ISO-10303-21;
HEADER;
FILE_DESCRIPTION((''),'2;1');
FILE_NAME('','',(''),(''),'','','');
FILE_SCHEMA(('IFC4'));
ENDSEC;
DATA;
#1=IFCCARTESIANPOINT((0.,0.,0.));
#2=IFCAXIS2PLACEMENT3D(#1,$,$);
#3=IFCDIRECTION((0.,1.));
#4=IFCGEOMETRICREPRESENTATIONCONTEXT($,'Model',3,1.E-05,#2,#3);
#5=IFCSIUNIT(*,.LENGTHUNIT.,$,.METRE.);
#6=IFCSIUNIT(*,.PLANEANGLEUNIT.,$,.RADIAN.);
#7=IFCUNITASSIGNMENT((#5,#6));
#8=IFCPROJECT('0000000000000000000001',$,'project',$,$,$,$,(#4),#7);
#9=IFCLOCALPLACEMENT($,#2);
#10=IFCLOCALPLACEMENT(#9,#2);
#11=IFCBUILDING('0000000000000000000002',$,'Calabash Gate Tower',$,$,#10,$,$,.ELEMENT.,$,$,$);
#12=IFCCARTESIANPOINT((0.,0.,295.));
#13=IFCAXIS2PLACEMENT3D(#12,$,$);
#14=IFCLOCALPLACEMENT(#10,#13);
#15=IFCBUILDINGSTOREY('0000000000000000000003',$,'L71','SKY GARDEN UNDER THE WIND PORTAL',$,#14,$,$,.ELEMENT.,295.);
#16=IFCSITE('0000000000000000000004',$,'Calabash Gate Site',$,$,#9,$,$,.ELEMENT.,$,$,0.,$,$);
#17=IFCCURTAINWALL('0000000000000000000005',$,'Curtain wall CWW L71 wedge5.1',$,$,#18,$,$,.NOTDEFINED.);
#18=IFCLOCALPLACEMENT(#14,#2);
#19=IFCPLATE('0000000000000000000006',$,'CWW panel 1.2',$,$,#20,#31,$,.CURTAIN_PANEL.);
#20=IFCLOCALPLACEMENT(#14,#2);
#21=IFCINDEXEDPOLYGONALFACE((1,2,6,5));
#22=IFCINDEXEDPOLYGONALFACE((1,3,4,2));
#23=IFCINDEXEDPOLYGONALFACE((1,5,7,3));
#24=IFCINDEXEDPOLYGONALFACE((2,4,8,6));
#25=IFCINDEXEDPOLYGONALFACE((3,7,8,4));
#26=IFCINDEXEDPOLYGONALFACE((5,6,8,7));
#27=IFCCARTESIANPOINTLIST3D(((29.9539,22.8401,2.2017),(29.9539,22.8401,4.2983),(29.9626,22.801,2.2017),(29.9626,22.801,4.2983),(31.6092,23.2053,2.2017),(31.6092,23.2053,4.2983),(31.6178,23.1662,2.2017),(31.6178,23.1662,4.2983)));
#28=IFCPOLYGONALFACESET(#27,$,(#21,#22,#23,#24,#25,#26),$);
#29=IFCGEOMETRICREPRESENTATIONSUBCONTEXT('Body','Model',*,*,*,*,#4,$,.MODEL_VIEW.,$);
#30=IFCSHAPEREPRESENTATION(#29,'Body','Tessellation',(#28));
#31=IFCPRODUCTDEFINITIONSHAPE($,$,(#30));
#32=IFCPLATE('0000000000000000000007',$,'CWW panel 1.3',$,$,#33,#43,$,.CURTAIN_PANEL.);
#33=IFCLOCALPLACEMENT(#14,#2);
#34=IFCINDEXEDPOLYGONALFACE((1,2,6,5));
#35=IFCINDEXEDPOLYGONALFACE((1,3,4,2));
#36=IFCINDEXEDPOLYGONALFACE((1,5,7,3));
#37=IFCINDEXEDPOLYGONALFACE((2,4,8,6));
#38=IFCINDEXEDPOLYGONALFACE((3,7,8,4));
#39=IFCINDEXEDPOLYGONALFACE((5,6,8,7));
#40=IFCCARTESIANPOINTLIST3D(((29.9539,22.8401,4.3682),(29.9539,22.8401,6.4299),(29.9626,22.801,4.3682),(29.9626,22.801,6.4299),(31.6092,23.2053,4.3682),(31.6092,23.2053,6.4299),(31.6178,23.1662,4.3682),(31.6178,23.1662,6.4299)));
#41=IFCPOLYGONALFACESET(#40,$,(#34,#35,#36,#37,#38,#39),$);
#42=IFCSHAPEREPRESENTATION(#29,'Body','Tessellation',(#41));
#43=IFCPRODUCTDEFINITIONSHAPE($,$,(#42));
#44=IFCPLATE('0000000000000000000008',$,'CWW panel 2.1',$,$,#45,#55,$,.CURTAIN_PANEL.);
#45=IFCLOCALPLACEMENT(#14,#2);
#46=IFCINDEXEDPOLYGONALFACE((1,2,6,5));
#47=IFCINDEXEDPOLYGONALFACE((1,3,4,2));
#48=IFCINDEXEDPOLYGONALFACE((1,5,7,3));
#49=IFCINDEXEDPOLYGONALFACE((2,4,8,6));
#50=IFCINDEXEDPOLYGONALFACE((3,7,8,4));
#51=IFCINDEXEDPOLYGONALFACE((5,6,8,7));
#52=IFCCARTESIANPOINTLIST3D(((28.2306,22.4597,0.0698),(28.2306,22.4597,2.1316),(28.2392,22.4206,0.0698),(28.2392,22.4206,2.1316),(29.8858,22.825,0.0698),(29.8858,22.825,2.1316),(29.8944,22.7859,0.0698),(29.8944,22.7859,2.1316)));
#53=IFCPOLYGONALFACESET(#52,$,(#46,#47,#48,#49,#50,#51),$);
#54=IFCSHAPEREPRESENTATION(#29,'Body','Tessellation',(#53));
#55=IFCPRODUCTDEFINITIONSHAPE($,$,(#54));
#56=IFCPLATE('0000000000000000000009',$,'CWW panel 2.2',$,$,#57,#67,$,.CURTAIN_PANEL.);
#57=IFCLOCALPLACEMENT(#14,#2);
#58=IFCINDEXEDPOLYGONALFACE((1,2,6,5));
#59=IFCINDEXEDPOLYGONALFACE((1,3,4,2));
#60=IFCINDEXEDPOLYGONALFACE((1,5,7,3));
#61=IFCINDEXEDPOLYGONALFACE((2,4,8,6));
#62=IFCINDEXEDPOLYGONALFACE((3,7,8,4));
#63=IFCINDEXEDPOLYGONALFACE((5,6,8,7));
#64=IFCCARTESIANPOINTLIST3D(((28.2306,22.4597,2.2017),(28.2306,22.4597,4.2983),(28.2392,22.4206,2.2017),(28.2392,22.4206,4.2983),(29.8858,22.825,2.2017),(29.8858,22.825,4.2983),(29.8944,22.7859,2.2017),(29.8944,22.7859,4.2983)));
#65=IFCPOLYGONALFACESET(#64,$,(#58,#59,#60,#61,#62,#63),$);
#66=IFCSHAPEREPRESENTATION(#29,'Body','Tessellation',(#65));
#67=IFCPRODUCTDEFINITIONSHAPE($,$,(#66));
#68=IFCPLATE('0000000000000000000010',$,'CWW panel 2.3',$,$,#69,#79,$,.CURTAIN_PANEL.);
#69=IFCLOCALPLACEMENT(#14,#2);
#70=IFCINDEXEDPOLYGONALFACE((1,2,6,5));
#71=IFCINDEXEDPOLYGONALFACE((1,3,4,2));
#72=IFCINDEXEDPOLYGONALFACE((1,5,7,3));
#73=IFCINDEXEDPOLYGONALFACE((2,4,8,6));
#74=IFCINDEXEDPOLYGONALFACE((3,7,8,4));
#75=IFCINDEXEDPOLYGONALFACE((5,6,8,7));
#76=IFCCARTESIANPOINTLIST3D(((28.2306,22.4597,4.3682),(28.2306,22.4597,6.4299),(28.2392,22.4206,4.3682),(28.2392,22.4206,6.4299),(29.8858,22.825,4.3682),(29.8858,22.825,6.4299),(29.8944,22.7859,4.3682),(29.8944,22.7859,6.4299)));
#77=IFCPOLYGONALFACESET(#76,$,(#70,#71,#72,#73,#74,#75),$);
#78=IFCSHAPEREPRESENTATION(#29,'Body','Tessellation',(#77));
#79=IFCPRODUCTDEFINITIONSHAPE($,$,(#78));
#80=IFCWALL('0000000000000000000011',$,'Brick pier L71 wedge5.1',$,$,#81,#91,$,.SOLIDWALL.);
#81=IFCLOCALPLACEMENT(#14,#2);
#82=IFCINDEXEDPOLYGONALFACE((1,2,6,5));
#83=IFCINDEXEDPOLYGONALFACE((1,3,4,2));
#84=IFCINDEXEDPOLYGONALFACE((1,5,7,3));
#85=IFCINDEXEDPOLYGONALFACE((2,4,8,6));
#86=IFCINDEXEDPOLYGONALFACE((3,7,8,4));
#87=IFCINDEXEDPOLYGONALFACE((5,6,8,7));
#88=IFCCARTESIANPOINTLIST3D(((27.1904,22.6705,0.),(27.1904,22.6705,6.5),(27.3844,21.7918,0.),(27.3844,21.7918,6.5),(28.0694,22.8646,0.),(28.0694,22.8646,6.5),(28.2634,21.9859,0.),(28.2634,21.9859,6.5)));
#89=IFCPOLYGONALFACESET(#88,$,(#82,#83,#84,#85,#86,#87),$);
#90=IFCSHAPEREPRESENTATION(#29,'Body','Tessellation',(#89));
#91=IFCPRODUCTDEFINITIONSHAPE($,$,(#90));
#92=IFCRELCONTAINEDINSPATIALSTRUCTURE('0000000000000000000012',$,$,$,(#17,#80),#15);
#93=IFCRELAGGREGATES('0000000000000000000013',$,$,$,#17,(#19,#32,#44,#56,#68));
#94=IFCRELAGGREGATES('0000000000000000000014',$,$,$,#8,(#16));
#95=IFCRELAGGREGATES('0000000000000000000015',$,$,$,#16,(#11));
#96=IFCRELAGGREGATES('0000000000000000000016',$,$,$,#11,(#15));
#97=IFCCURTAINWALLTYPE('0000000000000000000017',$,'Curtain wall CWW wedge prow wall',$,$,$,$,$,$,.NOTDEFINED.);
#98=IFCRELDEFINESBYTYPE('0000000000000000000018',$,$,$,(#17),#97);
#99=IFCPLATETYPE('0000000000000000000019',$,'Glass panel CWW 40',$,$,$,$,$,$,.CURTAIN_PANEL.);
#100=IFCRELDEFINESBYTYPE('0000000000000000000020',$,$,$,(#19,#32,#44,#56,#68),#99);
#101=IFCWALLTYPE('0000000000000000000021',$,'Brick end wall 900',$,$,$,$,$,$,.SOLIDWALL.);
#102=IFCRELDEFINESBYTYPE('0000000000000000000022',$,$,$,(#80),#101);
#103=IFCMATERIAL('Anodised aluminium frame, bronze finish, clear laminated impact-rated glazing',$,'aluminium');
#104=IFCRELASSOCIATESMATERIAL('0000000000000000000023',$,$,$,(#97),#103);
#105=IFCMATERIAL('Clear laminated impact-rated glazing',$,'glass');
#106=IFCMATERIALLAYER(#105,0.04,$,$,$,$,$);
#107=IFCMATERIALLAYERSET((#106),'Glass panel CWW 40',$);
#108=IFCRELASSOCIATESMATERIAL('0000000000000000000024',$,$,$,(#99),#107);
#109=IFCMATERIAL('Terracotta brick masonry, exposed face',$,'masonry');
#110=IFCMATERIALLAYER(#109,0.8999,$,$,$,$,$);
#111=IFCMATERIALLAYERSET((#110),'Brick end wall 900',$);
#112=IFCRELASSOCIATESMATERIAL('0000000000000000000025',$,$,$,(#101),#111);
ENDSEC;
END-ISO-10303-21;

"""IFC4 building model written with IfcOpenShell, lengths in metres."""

from ifc_helpers import new_model, si_unit, direction, frame, frame_2d, origin, origin_2d, place, context, subcontext, project, spatial, rectangle, extrude, material, layer, layer_set, type_object, element, aggregate, save


model = new_model("IFC4")

# Units and contexts
model_context = context("Model", 3, precision=1e-05, world=origin(), true_north=direction((0.0, 1.0)))
body_context = subcontext(model_context, "Body", "Model", "MODEL_VIEW")
ifc_project = project(units=[si_unit("LENGTHUNIT", "METRE"), si_unit("PLANEANGLEUNIT", "RADIAN")], contexts=[model_context])

# Site, building, storey
site_placement = place(None, origin())
site = spatial("IfcSite", under=ifc_project, at=site_placement, Name="Calabash Gate Site", CompositionType="ELEMENT", RefElevation=0.0)
building_placement = place(site_placement, origin())
building = spatial("IfcBuilding", under=site, at=building_placement, Name="Calabash Gate Tower", CompositionType="ELEMENT")
storey_placement = place(building_placement, frame((0.0, 0.0, 295.0)))
storey = spatial("IfcBuildingStorey", under=building, at=storey_placement, Name="L71", Description="SKY GARDEN UNDER THE WIND PORTAL", CompositionType="ELEMENT", Elevation=295.0)

# Shared definitions
ifc_material_1 = material(Name="Anodised aluminium frame, bronze finish, clear laminated impact-rated glazing", Category="aluminium")
curtain_wall_type = type_object("IfcCurtainWallType", Name="Curtain wall CWW wedge prow wall", PredefinedType="NOTDEFINED", material=ifc_material_1)

# Curtain wall
curtain_wall_1_placement = place(storey_placement, origin())
curtain_wall_1 = element("IfcCurtainWall", 1, at=curtain_wall_1_placement, inside=storey, type_object=curtain_wall_type, Name="Curtain wall CWW L71 wedge5.1", PredefinedType="NOTDEFINED")

# Plates
ifc_material_2 = material(Name="Clear laminated impact-rated glazing", Category="glass")
ifc_layer_1 = layer(ifc_material_2, 0.04)
ifc_layer_set_1 = layer_set([ifc_layer_1], Name="Glass panel CWW 40")
plate_type = type_object("IfcPlateType", Name="Glass panel CWW 40", PredefinedType="CURTAIN_PANEL", material=ifc_layer_set_1)
plate_1_placement = place(storey_placement, frame((30.7859, 23.0032, 2.2017), z_axis=(0.0, 0.0, 1.0), x_axis=(-0.976511, -0.215468, 0.0)))
plate_1 = element("IfcPlate", 2, at=plate_1_placement, type_object=plate_type, Name="CWW panel 1.2", PredefinedType="CURTAIN_PANEL", context=body_context, shape_type="SweptSolid", body=[
    extrude(rectangle(XDim=1.6951, YDim=0.04, at=origin_2d()), origin(), (0.0, 0.0, 1.0), 2.0967),
])
plate_2_placement = place(storey_placement, frame((30.7859, 23.0032, 4.3682), z_axis=(0.0, 0.0, 1.0), x_axis=(-0.976511, -0.215468, 0.0)))
plate_2 = element("IfcPlate", 3, at=plate_2_placement, type_object=plate_type, Name="CWW panel 1.3", PredefinedType="CURTAIN_PANEL", context=body_context, shape_type="SweptSolid", body=[
    extrude(rectangle(XDim=1.6951, YDim=0.04, at=origin_2d()), origin(), (0.0, 0.0, 1.0), 2.0618),
])
plate_3_placement = place(storey_placement, frame((29.0625, 22.6228, 0.0698), z_axis=(0.0, 0.0, 1.0), x_axis=(-0.976511, -0.215468, 0.0)))
plate_3 = element("IfcPlate", 4, at=plate_3_placement, type_object=plate_type, Name="CWW panel 2.1", PredefinedType="CURTAIN_PANEL", context=body_context, shape_type="SweptSolid", body=[
    extrude(rectangle(XDim=1.6951, YDim=0.04, at=origin_2d()), origin(), (0.0, 0.0, 1.0), 2.0618),
])
plate_4_placement = place(storey_placement, frame((29.0625, 22.6228, 2.2017), z_axis=(0.0, 0.0, 1.0), x_axis=(-0.976511, -0.215468, 0.0)))
plate_4 = element("IfcPlate", 5, at=plate_4_placement, type_object=plate_type, Name="CWW panel 2.2", PredefinedType="CURTAIN_PANEL", context=body_context, shape_type="SweptSolid", body=[
    extrude(rectangle(XDim=1.6951, YDim=0.04, at=origin_2d()), origin(), (0.0, 0.0, 1.0), 2.0967),
])
plate_5_placement = place(storey_placement, frame((29.0625, 22.6228, 4.3682), z_axis=(0.0, 0.0, 1.0), x_axis=(-0.976511, -0.215468, 0.0)))
plate_5 = element("IfcPlate", 6, at=plate_5_placement, type_object=plate_type, Name="CWW panel 2.3", PredefinedType="CURTAIN_PANEL", context=body_context, shape_type="SweptSolid", body=[
    extrude(rectangle(XDim=1.6951, YDim=0.04, at=origin_2d()), origin(), (0.0, 0.0, 1.0), 2.0618),
])
aggregate(curtain_wall_1, [plate_1, plate_2, plate_3, plate_4, plate_5])

# Wall
ifc_material_3 = material(Name="Terracotta brick masonry, exposed face", Category="masonry")
ifc_layer_2 = layer(ifc_material_3, 0.8999)
ifc_layer_set_2 = layer_set([ifc_layer_2], Name="Brick end wall 900")
wall_type = type_object("IfcWallType", Name="Brick end wall 900", PredefinedType="SOLIDWALL", material=ifc_layer_set_2)
wall_placement = place(storey_placement, frame((28.1665, 22.4253, 0.0), z_axis=(0.0, 0.0, 1.0), x_axis=(-0.976473, -0.215638, 0.0)))
element("IfcWall", 7, at=wall_placement, inside=storey, type_object=wall_type, Name="Brick pier L71 wedge5.1", PredefinedType="SOLIDWALL", context=body_context, shape_type="SweptSolid", body=[
    extrude(rectangle(XDim=0.9001, YDim=0.8999, at=frame_2d((0.4502, 0.0))), origin(), (0.0, 0.0, 1.0), 6.5),
])

save(model, "model.ifc")
